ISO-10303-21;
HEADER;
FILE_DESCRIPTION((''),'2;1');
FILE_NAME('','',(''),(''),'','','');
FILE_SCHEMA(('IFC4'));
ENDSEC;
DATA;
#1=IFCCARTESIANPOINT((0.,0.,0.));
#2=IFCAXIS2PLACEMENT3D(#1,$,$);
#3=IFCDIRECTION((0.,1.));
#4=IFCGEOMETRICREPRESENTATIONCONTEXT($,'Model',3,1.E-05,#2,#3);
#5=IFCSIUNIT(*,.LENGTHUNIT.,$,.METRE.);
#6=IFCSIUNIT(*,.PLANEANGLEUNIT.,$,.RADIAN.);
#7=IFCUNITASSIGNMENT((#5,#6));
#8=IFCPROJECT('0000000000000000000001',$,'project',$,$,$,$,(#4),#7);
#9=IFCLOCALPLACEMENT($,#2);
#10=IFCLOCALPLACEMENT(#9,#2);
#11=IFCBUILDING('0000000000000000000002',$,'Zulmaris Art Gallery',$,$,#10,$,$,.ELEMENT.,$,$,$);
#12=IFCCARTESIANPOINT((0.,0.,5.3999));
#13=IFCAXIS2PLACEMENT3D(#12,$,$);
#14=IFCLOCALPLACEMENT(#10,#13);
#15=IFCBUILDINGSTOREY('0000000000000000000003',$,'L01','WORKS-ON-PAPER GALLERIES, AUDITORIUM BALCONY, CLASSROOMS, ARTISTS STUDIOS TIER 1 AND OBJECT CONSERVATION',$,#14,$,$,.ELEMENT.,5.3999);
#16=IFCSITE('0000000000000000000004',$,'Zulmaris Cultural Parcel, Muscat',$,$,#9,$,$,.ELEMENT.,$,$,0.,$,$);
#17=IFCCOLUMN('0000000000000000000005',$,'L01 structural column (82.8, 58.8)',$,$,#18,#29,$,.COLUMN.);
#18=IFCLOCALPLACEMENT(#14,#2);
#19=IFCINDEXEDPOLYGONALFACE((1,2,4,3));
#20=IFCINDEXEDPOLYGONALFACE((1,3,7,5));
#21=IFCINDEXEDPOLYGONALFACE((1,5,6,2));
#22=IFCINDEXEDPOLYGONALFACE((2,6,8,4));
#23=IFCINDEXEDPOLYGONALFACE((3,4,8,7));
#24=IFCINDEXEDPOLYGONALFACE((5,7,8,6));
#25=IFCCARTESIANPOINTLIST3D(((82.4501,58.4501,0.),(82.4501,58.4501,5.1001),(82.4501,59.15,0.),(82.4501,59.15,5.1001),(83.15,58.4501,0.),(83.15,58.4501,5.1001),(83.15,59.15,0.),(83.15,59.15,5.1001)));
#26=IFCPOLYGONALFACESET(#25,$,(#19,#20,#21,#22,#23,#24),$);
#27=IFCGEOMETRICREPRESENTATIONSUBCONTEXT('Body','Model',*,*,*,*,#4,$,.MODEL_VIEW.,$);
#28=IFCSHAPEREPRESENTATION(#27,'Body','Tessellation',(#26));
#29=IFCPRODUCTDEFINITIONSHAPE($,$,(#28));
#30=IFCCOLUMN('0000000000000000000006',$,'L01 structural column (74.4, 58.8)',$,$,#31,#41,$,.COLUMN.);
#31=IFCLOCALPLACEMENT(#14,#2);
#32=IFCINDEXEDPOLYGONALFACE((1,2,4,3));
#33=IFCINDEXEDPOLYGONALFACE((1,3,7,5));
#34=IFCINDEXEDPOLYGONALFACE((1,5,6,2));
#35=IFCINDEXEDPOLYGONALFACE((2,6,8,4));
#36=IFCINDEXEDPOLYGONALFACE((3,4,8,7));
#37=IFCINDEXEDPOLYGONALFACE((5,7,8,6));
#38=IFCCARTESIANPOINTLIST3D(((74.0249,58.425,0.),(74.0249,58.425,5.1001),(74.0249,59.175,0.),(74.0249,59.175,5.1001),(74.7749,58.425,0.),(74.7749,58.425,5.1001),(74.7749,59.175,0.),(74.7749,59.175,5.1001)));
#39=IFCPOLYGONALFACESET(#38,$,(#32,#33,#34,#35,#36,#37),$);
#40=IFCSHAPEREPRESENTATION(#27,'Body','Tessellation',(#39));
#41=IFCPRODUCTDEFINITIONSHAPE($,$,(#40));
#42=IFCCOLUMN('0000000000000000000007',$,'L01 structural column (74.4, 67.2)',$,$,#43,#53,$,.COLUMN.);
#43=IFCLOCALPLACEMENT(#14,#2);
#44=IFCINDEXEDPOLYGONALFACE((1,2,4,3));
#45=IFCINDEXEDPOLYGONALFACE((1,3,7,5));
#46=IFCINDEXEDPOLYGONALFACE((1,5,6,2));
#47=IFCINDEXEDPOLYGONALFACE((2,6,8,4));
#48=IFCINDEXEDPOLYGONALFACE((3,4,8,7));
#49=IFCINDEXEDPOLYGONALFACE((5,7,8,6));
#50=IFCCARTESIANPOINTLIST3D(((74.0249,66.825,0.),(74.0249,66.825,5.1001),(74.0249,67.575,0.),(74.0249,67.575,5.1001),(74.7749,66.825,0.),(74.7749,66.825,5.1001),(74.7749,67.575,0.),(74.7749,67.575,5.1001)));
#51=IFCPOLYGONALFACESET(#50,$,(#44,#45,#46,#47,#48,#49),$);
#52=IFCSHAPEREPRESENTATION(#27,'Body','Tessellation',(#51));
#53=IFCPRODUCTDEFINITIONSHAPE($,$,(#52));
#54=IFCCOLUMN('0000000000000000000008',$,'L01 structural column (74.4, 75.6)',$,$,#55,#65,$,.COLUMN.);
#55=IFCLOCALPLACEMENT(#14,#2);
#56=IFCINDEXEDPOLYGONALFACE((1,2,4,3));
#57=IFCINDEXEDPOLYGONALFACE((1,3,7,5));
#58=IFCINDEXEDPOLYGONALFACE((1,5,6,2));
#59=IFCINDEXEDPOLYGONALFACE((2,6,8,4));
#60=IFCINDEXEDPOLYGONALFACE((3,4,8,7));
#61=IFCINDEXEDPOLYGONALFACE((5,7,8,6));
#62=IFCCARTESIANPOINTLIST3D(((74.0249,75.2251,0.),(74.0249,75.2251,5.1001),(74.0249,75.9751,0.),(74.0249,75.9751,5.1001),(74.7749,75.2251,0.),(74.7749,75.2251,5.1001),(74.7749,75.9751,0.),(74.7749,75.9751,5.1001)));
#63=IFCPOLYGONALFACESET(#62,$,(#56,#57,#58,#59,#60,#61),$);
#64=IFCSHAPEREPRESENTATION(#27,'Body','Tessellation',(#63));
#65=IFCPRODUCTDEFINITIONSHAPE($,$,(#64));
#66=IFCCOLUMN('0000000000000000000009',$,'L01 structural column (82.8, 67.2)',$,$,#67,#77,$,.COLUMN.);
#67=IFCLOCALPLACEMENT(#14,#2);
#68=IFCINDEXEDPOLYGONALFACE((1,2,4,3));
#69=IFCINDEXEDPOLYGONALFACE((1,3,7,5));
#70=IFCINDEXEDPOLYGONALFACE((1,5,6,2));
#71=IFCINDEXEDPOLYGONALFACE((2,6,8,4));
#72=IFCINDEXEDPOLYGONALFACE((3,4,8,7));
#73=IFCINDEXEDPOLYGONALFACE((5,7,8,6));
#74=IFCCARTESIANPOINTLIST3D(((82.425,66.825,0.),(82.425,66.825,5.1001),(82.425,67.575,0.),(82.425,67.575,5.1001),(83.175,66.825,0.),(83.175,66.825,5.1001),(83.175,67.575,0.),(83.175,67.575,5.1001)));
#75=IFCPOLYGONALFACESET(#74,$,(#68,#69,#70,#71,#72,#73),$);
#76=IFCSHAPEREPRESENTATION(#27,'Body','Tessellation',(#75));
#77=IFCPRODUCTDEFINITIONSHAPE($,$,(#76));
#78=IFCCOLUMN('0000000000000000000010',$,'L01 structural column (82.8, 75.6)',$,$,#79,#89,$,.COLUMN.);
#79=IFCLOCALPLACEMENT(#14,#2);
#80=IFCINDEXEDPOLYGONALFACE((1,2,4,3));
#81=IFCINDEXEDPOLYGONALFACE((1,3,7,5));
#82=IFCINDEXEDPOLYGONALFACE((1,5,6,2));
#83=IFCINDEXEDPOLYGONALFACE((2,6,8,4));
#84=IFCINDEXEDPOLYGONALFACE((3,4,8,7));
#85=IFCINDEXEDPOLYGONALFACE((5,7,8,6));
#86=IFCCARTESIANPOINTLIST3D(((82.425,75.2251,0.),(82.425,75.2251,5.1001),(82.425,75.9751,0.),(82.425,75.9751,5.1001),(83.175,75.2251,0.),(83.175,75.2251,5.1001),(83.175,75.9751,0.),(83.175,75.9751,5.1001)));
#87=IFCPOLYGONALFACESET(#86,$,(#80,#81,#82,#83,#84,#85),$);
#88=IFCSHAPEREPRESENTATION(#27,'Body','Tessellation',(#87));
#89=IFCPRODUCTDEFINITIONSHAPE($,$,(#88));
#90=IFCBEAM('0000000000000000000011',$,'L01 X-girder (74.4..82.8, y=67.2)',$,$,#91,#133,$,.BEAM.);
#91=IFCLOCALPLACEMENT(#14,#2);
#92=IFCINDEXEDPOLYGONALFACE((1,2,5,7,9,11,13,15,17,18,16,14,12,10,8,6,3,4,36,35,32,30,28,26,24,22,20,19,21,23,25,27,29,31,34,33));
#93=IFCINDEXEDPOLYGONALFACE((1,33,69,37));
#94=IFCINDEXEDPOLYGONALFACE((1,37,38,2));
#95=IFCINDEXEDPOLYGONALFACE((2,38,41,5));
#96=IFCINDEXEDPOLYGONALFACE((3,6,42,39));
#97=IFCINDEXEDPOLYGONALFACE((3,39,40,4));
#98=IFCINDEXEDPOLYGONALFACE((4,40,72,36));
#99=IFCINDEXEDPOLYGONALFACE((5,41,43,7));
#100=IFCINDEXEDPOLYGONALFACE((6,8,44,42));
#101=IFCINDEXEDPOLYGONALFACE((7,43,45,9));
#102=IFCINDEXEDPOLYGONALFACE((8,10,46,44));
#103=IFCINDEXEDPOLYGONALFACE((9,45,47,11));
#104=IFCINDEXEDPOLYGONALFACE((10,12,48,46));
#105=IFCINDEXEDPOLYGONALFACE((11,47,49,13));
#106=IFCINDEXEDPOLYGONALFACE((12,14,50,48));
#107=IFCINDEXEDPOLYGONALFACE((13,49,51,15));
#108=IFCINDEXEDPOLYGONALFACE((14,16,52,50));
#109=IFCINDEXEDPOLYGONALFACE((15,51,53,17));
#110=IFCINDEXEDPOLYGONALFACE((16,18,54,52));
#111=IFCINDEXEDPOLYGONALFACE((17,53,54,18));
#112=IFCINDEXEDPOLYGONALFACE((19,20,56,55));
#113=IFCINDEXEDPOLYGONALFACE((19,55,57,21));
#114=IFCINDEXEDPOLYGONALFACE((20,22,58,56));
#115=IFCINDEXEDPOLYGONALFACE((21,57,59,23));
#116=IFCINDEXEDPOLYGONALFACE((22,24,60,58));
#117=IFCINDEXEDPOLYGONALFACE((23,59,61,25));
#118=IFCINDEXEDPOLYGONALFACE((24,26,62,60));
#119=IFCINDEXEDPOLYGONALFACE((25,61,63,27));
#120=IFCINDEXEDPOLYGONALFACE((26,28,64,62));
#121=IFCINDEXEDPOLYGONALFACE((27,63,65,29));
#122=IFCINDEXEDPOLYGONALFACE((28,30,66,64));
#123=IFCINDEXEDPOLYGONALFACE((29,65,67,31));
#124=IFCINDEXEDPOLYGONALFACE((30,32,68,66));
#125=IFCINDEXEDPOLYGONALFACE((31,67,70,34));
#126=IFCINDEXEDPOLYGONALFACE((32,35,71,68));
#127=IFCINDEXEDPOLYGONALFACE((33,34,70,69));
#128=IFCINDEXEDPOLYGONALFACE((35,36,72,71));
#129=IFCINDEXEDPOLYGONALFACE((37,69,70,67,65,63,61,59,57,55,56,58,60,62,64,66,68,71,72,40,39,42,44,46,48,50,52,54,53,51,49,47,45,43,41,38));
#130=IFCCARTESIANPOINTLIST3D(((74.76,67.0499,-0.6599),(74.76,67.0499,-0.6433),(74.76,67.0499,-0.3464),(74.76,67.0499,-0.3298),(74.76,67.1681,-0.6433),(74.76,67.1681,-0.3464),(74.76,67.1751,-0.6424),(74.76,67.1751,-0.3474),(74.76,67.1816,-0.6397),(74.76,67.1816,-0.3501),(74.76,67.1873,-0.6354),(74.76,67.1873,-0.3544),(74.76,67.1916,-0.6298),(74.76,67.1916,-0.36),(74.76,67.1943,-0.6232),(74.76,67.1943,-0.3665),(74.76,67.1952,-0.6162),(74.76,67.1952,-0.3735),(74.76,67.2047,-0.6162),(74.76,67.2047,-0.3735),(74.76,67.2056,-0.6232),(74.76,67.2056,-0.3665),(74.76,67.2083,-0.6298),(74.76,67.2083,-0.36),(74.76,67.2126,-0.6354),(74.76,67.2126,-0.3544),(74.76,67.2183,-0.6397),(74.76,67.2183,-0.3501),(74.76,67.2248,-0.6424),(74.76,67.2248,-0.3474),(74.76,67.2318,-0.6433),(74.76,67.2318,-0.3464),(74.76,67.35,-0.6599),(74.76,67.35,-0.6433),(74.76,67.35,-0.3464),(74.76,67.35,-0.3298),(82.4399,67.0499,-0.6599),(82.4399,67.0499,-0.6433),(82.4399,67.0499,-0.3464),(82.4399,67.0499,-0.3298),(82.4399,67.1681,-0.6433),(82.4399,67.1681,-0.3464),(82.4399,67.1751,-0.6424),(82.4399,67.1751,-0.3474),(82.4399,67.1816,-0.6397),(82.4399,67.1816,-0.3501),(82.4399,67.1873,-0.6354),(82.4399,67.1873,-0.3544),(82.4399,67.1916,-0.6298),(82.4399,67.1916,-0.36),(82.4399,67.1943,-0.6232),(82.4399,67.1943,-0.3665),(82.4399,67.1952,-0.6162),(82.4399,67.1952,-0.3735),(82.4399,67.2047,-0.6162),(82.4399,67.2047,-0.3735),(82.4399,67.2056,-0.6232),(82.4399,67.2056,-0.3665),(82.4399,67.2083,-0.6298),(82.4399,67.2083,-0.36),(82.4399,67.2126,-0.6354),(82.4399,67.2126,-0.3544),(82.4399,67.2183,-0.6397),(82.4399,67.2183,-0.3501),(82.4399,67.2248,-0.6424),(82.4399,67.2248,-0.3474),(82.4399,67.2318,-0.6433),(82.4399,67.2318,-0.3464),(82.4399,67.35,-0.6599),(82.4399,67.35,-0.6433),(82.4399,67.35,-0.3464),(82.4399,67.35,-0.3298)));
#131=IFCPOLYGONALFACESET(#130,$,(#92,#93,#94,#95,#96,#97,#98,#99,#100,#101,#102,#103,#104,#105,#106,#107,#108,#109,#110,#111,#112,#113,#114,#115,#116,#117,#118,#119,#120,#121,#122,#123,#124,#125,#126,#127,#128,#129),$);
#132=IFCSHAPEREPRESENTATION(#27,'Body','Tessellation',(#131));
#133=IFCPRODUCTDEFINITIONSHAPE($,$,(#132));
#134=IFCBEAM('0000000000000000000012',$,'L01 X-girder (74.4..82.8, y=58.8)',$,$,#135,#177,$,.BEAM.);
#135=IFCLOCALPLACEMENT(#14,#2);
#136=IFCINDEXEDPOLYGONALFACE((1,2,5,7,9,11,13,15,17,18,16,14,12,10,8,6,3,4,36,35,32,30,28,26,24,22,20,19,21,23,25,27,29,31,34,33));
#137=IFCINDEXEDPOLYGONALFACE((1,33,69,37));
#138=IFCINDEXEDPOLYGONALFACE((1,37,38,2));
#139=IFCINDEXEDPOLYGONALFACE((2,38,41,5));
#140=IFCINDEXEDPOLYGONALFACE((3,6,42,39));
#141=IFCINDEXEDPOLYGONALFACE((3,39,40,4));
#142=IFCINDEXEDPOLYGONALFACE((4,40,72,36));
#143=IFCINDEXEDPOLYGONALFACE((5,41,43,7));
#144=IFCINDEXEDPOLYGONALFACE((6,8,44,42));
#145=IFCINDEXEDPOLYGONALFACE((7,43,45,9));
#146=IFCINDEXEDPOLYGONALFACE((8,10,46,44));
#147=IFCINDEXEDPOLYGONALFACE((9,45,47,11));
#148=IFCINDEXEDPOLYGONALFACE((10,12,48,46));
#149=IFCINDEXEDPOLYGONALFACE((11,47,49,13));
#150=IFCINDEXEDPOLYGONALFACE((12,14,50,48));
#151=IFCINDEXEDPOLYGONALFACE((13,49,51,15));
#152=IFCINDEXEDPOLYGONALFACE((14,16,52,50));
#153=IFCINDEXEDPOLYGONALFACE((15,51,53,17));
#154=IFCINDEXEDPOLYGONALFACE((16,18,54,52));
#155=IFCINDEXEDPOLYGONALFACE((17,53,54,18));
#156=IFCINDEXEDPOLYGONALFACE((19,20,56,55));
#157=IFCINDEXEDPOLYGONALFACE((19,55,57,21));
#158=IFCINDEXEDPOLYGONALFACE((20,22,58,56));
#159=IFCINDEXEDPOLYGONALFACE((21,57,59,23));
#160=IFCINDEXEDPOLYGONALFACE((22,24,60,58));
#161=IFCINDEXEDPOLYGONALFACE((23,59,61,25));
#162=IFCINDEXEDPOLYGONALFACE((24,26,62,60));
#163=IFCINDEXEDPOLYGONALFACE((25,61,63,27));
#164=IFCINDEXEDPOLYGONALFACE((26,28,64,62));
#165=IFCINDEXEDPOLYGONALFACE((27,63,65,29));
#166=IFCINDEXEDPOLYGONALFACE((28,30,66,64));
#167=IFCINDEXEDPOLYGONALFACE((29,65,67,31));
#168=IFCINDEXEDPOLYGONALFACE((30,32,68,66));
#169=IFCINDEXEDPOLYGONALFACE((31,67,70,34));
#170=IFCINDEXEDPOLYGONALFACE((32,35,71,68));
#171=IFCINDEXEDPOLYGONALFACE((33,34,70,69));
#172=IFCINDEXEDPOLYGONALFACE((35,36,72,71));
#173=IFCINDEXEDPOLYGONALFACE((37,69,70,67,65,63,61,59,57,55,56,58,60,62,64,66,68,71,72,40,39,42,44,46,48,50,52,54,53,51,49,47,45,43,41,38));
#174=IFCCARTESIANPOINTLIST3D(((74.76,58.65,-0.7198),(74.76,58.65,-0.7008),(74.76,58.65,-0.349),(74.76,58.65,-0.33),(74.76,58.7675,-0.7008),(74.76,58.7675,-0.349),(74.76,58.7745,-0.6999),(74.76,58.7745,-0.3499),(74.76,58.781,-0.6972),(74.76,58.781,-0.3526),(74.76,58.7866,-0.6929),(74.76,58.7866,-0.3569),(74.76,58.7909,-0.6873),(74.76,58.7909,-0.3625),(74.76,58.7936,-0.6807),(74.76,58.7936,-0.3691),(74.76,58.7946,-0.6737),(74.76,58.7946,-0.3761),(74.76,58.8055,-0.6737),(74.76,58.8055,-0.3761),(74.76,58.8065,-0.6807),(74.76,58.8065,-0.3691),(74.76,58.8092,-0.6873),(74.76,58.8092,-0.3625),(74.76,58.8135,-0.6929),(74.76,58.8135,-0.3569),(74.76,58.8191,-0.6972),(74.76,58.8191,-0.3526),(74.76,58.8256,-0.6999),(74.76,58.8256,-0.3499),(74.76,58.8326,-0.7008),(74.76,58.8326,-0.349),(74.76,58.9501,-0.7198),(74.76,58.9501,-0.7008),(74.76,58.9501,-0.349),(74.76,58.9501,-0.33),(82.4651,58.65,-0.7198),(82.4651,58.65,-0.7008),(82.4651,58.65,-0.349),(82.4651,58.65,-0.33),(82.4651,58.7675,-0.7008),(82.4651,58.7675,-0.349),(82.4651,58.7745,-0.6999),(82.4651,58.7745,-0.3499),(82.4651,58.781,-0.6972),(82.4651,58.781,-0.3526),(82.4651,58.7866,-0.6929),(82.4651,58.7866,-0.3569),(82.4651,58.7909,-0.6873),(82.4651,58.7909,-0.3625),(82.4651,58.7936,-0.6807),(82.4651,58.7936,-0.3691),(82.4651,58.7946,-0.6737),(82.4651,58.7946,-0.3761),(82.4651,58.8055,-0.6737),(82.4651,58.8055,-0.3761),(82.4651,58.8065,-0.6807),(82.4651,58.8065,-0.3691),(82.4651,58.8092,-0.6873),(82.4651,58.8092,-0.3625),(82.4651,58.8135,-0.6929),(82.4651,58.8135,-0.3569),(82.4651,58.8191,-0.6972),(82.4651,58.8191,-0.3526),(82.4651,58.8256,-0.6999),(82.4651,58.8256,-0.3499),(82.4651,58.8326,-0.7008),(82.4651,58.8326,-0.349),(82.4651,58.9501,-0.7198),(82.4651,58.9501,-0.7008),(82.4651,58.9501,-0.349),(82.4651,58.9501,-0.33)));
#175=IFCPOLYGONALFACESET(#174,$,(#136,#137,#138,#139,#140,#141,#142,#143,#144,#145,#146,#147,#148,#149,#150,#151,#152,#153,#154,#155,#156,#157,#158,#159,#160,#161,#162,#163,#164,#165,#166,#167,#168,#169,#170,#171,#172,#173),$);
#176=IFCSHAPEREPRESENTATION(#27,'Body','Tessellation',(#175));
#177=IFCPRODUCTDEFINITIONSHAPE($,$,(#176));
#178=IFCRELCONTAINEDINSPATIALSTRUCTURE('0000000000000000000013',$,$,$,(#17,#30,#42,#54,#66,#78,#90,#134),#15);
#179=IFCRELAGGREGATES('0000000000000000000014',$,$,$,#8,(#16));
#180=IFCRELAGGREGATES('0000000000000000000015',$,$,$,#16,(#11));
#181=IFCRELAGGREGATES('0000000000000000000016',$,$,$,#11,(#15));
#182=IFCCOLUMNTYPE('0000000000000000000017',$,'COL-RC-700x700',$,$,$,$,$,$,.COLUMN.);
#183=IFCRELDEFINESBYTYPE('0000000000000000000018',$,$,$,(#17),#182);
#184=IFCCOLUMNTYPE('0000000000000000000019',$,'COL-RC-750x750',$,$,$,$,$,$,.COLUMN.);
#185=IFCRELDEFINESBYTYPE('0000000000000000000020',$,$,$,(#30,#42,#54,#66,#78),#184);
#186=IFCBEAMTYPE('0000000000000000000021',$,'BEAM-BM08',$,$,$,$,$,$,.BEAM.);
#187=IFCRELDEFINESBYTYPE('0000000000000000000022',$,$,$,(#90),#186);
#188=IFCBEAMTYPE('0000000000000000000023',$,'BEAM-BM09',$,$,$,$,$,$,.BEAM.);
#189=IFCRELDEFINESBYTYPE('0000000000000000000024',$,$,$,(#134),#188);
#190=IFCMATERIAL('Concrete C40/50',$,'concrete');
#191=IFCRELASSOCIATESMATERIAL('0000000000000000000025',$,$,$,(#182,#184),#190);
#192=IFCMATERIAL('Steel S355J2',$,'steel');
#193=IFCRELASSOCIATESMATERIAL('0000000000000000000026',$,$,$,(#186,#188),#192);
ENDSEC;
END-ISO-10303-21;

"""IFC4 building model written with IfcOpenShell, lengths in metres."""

from ifc_helpers import new_model, si_unit, direction, frame, origin, origin_2d, place, context, subcontext, project, spatial, rectangle, i_section, extrude, material, material_profile, profile_set, type_object, element, save


model = new_model("IFC4")

# Units and contexts
model_context = context("Model", 3, precision=1e-05, world=origin(), true_north=direction((0.0, 1.0)))
body_context = subcontext(model_context, "Body", "Model", "MODEL_VIEW")
ifc_project = project(units=[si_unit("LENGTHUNIT", "METRE"), si_unit("PLANEANGLEUNIT", "RADIAN")], contexts=[model_context])

# Site, building, storey
site_placement = place(None, origin())
site = spatial("IfcSite", under=ifc_project, at=site_placement, Name="Zulmaris Cultural Parcel, Muscat", CompositionType="ELEMENT", RefElevation=0.0)
building_placement = place(site_placement, origin())
building = spatial("IfcBuilding", under=site, at=building_placement, Name="Zulmaris Art Gallery", CompositionType="ELEMENT")
storey_placement = place(building_placement, frame((0.0, 0.0, 5.3999)))
storey = spatial("IfcBuildingStorey", under=building, at=storey_placement, Name="L01", Description="WORKS-ON-PAPER GALLERIES, AUDITORIUM BALCONY, CLASSROOMS, ARTISTS STUDIOS TIER 1 AND OBJECT CONSERVATION", CompositionType="ELEMENT", Elevation=5.3999)

# Columns
ifc_material_1 = material(Name="Concrete C40/50", Category="concrete")
ifc_material_profile_1 = material_profile(ifc_material_1, rectangle(XDim=0.7, YDim=0.7, at=origin_2d()), Name="RC 700x700")
ifc_profile_set_1 = profile_set([ifc_material_profile_1], Name="Concrete C40/50")
column_type_1 = type_object("IfcColumnType", Name="COL-RC-700x700", PredefinedType="COLUMN", material=ifc_profile_set_1)
column_placement = place(storey_placement, frame((82.8, 58.8, 0.0), z_axis=(0.0, 0.0, 1.0), x_axis=(1.0, 0.0, 0.0)))
element("IfcColumn", 1, at=column_placement, inside=storey, type_object=column_type_1, Name="L01 structural column (82.8, 58.8)", PredefinedType="COLUMN", context=body_context, shape_type="SweptSolid", body=[
    extrude(rectangle(XDim=0.7, YDim=0.7, at=origin_2d()), origin(), (0.0, 0.0, 1.0), 5.1001),
])
ifc_material_profile_2 = material_profile(ifc_material_1, rectangle(XDim=0.75, YDim=0.75, at=origin_2d()), Name="RC 750x750")
ifc_profile_set_2 = profile_set([ifc_material_profile_2], Name="Concrete C40/50")
column_type_2 = type_object("IfcColumnType", Name="COL-RC-750x750", PredefinedType="COLUMN", material=ifc_profile_set_2)
for number, where, z_axis, x_axis, name in (
    (2, (74.3999, 58.8, 0.0), (0.0, 0.0, 1.0), (1.0, 0.0, 0.0), "L01 structural column (74.4, 58.8)"),
    (3, (74.3999, 67.2, 0.0), (0.0, 0.0, 1.0), (1.0, 0.0, 0.0), "L01 structural column (74.4, 67.2)"),
    (4, (74.3999, 75.6001, 0.0), (0.0, 0.0, 1.0), (1.0, 0.0, 0.0), "L01 structural column (74.4, 75.6)"),
    (5, (82.8, 67.2, 0.0), (0.0, 0.0, 1.0), (1.0, 0.0, 0.0), "L01 structural column (82.8, 67.2)"),
    (6, (82.8, 75.6001, 0.0), (0.0, 0.0, 1.0), (1.0, 0.0, 0.0), "L01 structural column (82.8, 75.6)"),
):
    element("IfcColumn", number, at=place(storey_placement, frame(where, z_axis=z_axis, x_axis=x_axis)), inside=storey, type_object=column_type_2, Name=name, PredefinedType="COLUMN", context=body_context, shape_type="SweptSolid", body=[
        extrude(rectangle(XDim=0.75, YDim=0.75, at=origin_2d()), origin(), (0.0, 0.0, 1.0), 5.1001),
    ])

# Beams
ifc_material_2 = material(Name="Steel S355J2", Category="steel")
ifc_material_profile_3 = material_profile(ifc_material_2, i_section(OverallWidth=0.3, OverallDepth=0.3301, WebThickness=0.0095, FlangeThickness=0.0166, FilletRadius=0.0271, at=origin_2d()), Name="HEA 340")
ifc_profile_set_3 = profile_set([ifc_material_profile_3], Name="Steel S355J2")
beam_type_1 = type_object("IfcBeamType", Name="BEAM-BM08", PredefinedType="BEAM", material=ifc_profile_set_3)
beam_1_placement = place(storey_placement, frame((74.76, 67.2, -0.4949), z_axis=(1.0, 0.0, 0.0), x_axis=(0.0, 1.0, 0.0)))
element("IfcBeam", 7, at=beam_1_placement, inside=storey, type_object=beam_type_1, Name="L01 X-girder (74.4..82.8, y=67.2)", PredefinedType="BEAM", context=body_context, shape_type="SweptSolid", body=[
    extrude(i_section(OverallWidth=0.3, OverallDepth=0.3301, WebThickness=0.0095, FlangeThickness=0.0166, FilletRadius=0.0271, at=origin_2d()), origin(), (0.0, 0.0, 1.0), 7.6799),
])
ifc_material_profile_4 = material_profile(ifc_material_2, i_section(OverallWidth=0.3, OverallDepth=0.3899, WebThickness=0.011, FlangeThickness=0.019, FilletRadius=0.0271, at=origin_2d()), Name="HEA 400")
ifc_profile_set_4 = profile_set([ifc_material_profile_4], Name="Steel S355J2")
beam_type_2 = type_object("IfcBeamType", Name="BEAM-BM09", PredefinedType="BEAM", material=ifc_profile_set_4)
beam_2_placement = place(storey_placement, frame((74.76, 58.8, -0.5249), z_axis=(1.0, 0.0, 0.0), x_axis=(0.0, 1.0, 0.0)))
element("IfcBeam", 8, at=beam_2_placement, inside=storey, type_object=beam_type_2, Name="L01 X-girder (74.4..82.8, y=58.8)", PredefinedType="BEAM", context=body_context, shape_type="SweptSolid", body=[
    extrude(i_section(OverallWidth=0.3, OverallDepth=0.3899, WebThickness=0.011, FlangeThickness=0.019, FilletRadius=0.0271, at=origin_2d()), origin(), (0.0, 0.0, 1.0), 7.7051),
])

save(model, "model.ifc")
